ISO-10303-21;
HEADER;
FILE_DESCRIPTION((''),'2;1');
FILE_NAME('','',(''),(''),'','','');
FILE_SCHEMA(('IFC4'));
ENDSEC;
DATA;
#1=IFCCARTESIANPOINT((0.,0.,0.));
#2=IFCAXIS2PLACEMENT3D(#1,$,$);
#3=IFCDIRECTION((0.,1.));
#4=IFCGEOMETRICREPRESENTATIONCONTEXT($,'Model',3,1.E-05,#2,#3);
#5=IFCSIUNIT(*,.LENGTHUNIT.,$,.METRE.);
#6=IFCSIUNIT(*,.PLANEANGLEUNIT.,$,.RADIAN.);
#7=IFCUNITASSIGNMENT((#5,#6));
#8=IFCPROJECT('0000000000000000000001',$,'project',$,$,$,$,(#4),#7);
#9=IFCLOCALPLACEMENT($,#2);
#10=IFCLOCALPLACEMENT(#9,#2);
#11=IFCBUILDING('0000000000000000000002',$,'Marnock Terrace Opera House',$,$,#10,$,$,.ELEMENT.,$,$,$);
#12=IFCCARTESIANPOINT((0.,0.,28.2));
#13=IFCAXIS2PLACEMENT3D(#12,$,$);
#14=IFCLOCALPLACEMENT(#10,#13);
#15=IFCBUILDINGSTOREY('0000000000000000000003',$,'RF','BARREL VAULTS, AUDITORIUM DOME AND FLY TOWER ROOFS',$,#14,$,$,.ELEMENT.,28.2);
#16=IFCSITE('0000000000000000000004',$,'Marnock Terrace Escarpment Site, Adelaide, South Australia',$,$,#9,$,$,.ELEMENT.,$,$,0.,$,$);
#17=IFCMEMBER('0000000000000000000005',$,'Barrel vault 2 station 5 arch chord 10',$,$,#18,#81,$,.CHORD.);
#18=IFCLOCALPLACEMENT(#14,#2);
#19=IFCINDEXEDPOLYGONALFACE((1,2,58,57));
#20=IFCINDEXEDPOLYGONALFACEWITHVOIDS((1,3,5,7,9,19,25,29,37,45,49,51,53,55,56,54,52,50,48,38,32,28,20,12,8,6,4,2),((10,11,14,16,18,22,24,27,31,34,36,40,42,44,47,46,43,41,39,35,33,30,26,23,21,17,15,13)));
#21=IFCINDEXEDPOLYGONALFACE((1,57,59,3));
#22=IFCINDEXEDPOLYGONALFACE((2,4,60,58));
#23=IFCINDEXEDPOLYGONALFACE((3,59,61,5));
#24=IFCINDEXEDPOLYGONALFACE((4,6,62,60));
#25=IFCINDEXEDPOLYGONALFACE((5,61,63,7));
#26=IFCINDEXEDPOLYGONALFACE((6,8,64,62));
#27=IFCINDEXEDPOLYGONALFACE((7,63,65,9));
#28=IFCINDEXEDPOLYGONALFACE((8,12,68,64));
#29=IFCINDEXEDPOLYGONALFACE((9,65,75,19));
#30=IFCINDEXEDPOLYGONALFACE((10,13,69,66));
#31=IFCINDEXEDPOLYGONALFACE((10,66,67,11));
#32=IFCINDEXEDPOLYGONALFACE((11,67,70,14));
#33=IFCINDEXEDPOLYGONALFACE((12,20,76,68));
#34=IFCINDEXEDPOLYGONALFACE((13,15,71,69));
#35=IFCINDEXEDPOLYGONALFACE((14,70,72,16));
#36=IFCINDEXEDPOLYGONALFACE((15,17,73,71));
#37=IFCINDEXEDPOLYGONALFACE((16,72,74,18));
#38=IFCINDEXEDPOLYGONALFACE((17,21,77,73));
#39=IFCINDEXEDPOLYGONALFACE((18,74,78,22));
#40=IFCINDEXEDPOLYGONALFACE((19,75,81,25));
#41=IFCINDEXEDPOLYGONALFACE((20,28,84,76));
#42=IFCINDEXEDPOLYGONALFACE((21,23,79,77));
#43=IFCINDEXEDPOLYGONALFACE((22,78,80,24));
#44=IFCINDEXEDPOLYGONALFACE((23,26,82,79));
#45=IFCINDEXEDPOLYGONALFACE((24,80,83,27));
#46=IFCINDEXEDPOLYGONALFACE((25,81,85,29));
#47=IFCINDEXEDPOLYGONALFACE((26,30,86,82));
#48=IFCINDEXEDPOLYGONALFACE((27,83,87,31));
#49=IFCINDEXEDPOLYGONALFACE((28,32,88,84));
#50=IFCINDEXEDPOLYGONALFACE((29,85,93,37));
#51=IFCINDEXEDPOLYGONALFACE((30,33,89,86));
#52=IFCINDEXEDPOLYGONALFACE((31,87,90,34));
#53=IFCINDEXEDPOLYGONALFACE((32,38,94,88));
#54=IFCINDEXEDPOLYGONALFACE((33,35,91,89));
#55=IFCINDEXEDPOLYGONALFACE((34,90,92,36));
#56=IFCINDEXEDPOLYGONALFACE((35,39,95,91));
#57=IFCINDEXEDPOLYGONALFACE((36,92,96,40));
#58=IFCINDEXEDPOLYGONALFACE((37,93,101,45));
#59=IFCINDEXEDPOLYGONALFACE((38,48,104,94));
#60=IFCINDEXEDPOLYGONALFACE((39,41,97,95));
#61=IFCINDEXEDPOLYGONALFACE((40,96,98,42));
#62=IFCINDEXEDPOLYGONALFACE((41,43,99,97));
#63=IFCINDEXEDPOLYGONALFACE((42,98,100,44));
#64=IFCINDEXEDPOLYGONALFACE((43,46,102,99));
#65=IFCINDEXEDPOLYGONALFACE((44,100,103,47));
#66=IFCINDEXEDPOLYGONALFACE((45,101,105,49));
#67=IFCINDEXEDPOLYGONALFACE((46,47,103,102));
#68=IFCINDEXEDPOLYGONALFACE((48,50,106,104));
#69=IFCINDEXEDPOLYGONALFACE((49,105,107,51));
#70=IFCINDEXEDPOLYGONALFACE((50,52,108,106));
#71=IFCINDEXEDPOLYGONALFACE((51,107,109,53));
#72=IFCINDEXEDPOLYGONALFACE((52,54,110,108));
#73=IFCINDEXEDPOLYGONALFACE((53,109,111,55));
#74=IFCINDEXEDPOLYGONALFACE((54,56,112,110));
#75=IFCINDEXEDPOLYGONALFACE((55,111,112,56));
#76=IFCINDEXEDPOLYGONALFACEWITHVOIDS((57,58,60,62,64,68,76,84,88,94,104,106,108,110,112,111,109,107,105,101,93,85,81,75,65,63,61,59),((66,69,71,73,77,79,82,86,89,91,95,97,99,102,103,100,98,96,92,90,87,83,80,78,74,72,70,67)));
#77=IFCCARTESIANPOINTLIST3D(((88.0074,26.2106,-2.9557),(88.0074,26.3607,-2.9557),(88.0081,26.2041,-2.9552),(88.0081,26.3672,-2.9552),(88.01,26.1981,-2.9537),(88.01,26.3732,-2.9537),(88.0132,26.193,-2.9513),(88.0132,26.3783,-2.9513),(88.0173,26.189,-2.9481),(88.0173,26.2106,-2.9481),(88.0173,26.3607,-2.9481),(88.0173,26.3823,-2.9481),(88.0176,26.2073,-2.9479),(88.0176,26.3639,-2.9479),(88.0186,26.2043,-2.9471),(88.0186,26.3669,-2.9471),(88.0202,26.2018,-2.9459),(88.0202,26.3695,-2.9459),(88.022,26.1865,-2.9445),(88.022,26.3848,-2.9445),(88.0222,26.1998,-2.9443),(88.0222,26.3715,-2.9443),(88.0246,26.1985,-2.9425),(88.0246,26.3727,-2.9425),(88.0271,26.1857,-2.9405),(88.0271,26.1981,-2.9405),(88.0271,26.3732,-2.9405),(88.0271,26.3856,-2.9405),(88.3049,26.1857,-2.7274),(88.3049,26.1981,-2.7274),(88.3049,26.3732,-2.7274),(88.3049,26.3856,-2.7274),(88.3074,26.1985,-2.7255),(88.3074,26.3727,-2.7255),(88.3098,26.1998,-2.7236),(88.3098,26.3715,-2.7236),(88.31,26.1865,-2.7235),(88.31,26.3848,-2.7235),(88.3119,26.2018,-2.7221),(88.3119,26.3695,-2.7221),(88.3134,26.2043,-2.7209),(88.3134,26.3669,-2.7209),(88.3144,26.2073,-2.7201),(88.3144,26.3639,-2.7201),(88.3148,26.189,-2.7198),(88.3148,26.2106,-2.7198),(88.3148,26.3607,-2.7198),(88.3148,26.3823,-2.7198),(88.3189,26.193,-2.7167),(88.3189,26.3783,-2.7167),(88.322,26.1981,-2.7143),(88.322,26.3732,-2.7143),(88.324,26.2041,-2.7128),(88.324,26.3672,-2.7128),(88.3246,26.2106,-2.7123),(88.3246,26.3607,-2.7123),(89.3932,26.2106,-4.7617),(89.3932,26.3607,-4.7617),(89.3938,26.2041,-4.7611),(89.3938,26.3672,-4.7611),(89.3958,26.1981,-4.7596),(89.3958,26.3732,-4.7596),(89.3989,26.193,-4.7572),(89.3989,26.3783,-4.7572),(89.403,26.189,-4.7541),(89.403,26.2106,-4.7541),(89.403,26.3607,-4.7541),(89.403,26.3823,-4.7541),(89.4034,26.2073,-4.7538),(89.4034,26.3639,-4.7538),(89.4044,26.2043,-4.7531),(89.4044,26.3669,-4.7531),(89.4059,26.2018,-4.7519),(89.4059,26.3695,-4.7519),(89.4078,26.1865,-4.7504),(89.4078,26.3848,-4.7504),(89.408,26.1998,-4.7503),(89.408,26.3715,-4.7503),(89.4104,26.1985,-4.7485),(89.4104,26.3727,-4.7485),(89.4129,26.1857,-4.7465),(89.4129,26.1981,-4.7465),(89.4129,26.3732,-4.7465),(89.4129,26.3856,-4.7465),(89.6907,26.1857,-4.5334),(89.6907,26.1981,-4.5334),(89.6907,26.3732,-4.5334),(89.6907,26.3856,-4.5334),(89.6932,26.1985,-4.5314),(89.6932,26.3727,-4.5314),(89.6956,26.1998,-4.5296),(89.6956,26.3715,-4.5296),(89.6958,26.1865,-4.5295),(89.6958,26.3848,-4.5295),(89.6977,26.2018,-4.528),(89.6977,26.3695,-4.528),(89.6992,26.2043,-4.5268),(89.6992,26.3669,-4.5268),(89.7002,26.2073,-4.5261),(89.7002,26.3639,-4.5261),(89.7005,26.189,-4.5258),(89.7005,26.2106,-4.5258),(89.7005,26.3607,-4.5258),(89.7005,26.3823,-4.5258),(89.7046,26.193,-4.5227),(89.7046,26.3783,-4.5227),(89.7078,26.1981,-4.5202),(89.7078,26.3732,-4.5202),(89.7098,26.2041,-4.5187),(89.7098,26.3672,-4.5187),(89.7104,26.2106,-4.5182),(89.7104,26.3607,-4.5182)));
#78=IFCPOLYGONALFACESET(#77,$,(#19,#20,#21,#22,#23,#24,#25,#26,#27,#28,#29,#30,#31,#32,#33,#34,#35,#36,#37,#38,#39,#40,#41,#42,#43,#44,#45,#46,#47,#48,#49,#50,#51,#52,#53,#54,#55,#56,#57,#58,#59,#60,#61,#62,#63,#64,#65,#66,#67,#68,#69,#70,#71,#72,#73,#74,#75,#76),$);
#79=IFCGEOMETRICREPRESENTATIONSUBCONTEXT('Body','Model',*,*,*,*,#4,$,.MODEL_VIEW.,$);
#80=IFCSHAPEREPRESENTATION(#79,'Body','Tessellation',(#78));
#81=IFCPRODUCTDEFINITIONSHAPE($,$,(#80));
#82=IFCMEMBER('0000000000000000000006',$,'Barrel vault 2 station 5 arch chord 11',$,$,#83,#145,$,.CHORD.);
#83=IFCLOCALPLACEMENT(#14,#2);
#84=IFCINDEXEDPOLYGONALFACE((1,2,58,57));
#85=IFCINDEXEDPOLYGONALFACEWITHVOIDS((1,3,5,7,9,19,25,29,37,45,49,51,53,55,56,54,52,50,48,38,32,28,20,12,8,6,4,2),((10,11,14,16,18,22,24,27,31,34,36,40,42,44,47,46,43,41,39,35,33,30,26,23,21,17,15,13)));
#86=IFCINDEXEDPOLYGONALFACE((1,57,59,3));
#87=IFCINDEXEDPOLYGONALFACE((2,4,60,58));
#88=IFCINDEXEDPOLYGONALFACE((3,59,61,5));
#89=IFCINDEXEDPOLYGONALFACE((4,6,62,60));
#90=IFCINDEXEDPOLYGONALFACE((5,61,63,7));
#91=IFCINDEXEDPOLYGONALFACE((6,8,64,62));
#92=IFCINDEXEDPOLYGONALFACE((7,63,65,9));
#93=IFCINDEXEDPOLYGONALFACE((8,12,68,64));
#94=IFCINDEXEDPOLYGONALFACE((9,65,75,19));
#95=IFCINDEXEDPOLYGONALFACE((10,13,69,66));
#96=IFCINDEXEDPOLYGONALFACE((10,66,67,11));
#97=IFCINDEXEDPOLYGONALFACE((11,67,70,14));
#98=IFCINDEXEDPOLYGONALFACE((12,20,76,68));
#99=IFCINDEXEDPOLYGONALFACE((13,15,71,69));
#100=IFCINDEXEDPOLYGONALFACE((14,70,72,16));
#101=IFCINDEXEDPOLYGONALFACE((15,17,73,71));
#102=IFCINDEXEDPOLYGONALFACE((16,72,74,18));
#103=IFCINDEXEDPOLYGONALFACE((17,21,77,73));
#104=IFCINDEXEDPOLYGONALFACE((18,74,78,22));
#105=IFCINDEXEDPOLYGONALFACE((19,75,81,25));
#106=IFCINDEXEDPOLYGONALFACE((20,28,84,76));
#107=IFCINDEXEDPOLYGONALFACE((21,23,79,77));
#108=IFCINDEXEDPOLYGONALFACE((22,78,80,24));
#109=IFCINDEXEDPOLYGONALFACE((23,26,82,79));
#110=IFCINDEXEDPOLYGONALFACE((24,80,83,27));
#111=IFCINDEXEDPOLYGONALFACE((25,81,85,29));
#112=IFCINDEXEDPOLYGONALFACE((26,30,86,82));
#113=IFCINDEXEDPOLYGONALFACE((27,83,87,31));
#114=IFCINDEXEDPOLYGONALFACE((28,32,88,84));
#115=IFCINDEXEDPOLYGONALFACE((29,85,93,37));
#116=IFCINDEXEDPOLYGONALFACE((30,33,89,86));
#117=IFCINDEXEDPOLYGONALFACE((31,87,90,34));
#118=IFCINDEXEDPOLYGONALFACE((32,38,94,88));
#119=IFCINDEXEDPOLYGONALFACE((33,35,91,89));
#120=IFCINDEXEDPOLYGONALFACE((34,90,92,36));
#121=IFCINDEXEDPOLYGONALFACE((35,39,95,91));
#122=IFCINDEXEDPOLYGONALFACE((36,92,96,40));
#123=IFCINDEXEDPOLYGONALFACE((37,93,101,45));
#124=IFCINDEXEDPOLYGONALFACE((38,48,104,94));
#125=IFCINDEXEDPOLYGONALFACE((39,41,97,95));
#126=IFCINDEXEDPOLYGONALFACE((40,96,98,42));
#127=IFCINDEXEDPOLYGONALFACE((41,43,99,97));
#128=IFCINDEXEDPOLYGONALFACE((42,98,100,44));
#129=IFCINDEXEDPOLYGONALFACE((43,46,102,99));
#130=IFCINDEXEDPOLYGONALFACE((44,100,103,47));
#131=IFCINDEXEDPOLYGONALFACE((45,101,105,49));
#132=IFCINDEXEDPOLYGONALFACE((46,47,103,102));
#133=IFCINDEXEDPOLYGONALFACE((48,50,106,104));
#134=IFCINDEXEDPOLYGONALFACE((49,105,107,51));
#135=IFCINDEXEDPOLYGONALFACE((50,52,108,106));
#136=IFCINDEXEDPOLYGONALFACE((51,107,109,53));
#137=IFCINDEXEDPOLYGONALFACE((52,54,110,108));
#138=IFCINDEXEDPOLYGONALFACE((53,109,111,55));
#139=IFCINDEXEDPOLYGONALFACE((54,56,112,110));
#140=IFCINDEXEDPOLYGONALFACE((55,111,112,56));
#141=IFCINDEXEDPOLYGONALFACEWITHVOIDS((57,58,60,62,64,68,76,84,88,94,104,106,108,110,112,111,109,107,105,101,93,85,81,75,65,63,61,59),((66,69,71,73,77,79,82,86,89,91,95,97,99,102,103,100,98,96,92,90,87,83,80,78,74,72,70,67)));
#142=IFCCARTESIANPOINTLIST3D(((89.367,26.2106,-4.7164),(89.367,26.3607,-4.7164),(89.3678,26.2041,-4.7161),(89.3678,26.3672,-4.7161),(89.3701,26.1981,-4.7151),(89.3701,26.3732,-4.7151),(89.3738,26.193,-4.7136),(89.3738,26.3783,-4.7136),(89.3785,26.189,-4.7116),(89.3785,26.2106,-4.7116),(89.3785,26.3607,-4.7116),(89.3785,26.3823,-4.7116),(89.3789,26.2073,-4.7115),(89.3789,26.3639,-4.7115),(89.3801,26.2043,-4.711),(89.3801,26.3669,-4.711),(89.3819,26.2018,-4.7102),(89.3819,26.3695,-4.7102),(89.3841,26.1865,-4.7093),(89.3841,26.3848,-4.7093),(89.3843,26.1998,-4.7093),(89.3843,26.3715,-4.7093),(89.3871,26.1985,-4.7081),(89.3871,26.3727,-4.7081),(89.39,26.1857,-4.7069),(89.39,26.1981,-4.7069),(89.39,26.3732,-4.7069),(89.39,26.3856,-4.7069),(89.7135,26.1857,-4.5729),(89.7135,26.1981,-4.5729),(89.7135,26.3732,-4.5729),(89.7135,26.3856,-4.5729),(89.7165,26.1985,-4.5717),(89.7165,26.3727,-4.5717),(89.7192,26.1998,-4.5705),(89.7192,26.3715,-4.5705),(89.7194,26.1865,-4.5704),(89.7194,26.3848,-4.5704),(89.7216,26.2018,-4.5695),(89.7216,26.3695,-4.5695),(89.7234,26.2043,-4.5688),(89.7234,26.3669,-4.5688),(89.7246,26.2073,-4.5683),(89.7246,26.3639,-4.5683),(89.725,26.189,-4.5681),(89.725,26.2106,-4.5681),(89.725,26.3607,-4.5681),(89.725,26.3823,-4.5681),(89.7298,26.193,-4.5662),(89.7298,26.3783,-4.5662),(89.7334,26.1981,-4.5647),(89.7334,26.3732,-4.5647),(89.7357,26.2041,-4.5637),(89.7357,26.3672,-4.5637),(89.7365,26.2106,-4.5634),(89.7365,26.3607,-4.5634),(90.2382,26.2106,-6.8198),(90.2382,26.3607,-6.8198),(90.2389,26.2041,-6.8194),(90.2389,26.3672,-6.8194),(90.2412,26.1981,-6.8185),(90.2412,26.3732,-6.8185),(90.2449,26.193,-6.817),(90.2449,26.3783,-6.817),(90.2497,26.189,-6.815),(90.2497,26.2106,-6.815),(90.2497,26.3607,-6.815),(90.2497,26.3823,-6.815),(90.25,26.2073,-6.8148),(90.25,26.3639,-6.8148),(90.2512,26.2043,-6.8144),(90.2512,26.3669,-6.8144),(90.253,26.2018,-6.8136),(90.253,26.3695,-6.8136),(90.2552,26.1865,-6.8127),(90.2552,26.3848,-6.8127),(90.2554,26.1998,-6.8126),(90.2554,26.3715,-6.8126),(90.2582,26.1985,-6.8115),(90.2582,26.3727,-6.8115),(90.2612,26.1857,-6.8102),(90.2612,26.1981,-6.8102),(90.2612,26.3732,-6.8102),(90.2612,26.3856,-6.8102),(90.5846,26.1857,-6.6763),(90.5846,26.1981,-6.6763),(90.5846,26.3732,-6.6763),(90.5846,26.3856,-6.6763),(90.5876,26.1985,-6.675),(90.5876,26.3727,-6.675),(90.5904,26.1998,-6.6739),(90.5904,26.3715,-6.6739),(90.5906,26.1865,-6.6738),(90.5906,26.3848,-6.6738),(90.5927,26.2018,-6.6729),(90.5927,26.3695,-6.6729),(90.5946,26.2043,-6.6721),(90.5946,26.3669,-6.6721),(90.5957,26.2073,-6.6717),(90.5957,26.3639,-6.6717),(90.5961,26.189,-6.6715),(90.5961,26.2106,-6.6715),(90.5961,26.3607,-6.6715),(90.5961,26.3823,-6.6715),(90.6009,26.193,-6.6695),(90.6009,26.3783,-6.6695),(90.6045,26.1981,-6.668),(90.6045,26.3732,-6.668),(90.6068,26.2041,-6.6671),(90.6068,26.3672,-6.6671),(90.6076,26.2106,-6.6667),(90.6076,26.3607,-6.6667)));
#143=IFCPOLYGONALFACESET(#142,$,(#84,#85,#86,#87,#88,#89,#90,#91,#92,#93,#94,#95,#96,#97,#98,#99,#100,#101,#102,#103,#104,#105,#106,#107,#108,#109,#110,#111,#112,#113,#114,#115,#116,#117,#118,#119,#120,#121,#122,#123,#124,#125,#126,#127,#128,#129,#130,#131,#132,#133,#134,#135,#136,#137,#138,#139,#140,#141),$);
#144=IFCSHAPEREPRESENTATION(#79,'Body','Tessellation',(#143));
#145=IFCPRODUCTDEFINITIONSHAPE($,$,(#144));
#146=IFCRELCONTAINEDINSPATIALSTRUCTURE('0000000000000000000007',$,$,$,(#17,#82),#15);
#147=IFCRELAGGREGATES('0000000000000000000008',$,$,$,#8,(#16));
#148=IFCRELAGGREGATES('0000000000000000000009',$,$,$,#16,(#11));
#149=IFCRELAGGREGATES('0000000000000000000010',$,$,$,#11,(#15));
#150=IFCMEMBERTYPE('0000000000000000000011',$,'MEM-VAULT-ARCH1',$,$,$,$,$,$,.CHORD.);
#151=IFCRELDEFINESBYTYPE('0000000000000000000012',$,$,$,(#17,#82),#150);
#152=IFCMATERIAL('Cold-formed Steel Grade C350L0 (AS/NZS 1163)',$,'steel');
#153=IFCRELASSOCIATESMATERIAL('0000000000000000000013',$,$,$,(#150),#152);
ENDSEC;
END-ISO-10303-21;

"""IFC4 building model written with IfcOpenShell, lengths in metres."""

from ifc_helpers import new_model, si_unit, direction, frame, origin, origin_2d, place, context, subcontext, project, spatial, hollow_rectangle, extrude, material, material_profile, profile_set, type_object, element, save


model = new_model("IFC4")

# Units and contexts
model_context = context("Model", 3, precision=1e-05, world=origin(), true_north=direction((0.0, 1.0)))
body_context = subcontext(model_context, "Body", "Model", "MODEL_VIEW")
ifc_project = project(units=[si_unit("LENGTHUNIT", "METRE"), si_unit("PLANEANGLEUNIT", "RADIAN")], contexts=[model_context])

# Site, building, storey
site_placement = place(None, origin())
site = spatial("IfcSite", under=ifc_project, at=site_placement, Name="Marnock Terrace Escarpment Site, Adelaide, South Australia", CompositionType="ELEMENT", RefElevation=0.0)
building_placement = place(site_placement, origin())
building = spatial("IfcBuilding", under=site, at=building_placement, Name="Marnock Terrace Opera House", CompositionType="ELEMENT")
storey_placement = place(building_placement, frame((0.0, 0.0, 28.2)))
storey = spatial("IfcBuildingStorey", under=building, at=storey_placement, Name="RF", Description="BARREL VAULTS, AUDITORIUM DOME AND FLY TOWER ROOFS", CompositionType="ELEMENT", Elevation=28.2)

# Members
ifc_material = material(Name="Cold-formed Steel Grade C350L0 (AS/NZS 1163)", Category="steel")
ifc_material_profile_1 = material_profile(ifc_material, hollow_rectangle(XDim=0.2, YDim=0.3999, WallThickness=0.0125, InnerFilletRadius=0.0125, OuterFilletRadius=0.0249, at=origin_2d()))
ifc_profile_set_1 = profile_set([ifc_material_profile_1], Name="Cold-formed Steel Grade C350L0 (AS/NZS 1163)")
member_type_1 = type_object("IfcMemberType", Name="MEM-VAULT-ARCH1", PredefinedType="CHORD", material=ifc_profile_set_1)
for number, where, z_axis, x_axis, name in (
    (1, (88.166, 26.2856, -2.834), (0.608767, 0.0, -0.793349), (0.0, 1.0, 0.0), "Barrel vault 2 station 5 arch chord 10"),
):
    element("IfcMember", number, at=place(storey_placement, frame(where, z_axis=z_axis, x_axis=x_axis)), inside=storey, type_object=member_type_1, Name=name, PredefinedType="CHORD", context=body_context, shape_type="SweptSolid", body=[
        extrude(hollow_rectangle(XDim=0.2, YDim=0.3999, WallThickness=0.0125, InnerFilletRadius=0.0125, OuterFilletRadius=0.0249, at=origin_2d()), origin(), (0.0, 0.0, 1.0), 2.2764),
    ])
member_1_placement = place(storey_placement, frame((89.5518, 26.2856, -4.6399), z_axis=(0.382642, 0.0, -0.923897), x_axis=(0.0, 1.0, 0.0)))
element("IfcMember", 2, at=member_1_placement, inside=storey, type_object=member_type_1, Name="Barrel vault 2 station 5 arch chord 11", PredefinedType="CHORD", context=body_context, shape_type="SweptSolid", body=[
    extrude(hollow_rectangle(XDim=0.2, YDim=0.3999, WallThickness=0.0125, InnerFilletRadius=0.0125, OuterFilletRadius=0.0249, at=origin_2d()), origin(), (0.0, 0.0, 1.0), 2.2766),
])

save(model, "model.ifc")
